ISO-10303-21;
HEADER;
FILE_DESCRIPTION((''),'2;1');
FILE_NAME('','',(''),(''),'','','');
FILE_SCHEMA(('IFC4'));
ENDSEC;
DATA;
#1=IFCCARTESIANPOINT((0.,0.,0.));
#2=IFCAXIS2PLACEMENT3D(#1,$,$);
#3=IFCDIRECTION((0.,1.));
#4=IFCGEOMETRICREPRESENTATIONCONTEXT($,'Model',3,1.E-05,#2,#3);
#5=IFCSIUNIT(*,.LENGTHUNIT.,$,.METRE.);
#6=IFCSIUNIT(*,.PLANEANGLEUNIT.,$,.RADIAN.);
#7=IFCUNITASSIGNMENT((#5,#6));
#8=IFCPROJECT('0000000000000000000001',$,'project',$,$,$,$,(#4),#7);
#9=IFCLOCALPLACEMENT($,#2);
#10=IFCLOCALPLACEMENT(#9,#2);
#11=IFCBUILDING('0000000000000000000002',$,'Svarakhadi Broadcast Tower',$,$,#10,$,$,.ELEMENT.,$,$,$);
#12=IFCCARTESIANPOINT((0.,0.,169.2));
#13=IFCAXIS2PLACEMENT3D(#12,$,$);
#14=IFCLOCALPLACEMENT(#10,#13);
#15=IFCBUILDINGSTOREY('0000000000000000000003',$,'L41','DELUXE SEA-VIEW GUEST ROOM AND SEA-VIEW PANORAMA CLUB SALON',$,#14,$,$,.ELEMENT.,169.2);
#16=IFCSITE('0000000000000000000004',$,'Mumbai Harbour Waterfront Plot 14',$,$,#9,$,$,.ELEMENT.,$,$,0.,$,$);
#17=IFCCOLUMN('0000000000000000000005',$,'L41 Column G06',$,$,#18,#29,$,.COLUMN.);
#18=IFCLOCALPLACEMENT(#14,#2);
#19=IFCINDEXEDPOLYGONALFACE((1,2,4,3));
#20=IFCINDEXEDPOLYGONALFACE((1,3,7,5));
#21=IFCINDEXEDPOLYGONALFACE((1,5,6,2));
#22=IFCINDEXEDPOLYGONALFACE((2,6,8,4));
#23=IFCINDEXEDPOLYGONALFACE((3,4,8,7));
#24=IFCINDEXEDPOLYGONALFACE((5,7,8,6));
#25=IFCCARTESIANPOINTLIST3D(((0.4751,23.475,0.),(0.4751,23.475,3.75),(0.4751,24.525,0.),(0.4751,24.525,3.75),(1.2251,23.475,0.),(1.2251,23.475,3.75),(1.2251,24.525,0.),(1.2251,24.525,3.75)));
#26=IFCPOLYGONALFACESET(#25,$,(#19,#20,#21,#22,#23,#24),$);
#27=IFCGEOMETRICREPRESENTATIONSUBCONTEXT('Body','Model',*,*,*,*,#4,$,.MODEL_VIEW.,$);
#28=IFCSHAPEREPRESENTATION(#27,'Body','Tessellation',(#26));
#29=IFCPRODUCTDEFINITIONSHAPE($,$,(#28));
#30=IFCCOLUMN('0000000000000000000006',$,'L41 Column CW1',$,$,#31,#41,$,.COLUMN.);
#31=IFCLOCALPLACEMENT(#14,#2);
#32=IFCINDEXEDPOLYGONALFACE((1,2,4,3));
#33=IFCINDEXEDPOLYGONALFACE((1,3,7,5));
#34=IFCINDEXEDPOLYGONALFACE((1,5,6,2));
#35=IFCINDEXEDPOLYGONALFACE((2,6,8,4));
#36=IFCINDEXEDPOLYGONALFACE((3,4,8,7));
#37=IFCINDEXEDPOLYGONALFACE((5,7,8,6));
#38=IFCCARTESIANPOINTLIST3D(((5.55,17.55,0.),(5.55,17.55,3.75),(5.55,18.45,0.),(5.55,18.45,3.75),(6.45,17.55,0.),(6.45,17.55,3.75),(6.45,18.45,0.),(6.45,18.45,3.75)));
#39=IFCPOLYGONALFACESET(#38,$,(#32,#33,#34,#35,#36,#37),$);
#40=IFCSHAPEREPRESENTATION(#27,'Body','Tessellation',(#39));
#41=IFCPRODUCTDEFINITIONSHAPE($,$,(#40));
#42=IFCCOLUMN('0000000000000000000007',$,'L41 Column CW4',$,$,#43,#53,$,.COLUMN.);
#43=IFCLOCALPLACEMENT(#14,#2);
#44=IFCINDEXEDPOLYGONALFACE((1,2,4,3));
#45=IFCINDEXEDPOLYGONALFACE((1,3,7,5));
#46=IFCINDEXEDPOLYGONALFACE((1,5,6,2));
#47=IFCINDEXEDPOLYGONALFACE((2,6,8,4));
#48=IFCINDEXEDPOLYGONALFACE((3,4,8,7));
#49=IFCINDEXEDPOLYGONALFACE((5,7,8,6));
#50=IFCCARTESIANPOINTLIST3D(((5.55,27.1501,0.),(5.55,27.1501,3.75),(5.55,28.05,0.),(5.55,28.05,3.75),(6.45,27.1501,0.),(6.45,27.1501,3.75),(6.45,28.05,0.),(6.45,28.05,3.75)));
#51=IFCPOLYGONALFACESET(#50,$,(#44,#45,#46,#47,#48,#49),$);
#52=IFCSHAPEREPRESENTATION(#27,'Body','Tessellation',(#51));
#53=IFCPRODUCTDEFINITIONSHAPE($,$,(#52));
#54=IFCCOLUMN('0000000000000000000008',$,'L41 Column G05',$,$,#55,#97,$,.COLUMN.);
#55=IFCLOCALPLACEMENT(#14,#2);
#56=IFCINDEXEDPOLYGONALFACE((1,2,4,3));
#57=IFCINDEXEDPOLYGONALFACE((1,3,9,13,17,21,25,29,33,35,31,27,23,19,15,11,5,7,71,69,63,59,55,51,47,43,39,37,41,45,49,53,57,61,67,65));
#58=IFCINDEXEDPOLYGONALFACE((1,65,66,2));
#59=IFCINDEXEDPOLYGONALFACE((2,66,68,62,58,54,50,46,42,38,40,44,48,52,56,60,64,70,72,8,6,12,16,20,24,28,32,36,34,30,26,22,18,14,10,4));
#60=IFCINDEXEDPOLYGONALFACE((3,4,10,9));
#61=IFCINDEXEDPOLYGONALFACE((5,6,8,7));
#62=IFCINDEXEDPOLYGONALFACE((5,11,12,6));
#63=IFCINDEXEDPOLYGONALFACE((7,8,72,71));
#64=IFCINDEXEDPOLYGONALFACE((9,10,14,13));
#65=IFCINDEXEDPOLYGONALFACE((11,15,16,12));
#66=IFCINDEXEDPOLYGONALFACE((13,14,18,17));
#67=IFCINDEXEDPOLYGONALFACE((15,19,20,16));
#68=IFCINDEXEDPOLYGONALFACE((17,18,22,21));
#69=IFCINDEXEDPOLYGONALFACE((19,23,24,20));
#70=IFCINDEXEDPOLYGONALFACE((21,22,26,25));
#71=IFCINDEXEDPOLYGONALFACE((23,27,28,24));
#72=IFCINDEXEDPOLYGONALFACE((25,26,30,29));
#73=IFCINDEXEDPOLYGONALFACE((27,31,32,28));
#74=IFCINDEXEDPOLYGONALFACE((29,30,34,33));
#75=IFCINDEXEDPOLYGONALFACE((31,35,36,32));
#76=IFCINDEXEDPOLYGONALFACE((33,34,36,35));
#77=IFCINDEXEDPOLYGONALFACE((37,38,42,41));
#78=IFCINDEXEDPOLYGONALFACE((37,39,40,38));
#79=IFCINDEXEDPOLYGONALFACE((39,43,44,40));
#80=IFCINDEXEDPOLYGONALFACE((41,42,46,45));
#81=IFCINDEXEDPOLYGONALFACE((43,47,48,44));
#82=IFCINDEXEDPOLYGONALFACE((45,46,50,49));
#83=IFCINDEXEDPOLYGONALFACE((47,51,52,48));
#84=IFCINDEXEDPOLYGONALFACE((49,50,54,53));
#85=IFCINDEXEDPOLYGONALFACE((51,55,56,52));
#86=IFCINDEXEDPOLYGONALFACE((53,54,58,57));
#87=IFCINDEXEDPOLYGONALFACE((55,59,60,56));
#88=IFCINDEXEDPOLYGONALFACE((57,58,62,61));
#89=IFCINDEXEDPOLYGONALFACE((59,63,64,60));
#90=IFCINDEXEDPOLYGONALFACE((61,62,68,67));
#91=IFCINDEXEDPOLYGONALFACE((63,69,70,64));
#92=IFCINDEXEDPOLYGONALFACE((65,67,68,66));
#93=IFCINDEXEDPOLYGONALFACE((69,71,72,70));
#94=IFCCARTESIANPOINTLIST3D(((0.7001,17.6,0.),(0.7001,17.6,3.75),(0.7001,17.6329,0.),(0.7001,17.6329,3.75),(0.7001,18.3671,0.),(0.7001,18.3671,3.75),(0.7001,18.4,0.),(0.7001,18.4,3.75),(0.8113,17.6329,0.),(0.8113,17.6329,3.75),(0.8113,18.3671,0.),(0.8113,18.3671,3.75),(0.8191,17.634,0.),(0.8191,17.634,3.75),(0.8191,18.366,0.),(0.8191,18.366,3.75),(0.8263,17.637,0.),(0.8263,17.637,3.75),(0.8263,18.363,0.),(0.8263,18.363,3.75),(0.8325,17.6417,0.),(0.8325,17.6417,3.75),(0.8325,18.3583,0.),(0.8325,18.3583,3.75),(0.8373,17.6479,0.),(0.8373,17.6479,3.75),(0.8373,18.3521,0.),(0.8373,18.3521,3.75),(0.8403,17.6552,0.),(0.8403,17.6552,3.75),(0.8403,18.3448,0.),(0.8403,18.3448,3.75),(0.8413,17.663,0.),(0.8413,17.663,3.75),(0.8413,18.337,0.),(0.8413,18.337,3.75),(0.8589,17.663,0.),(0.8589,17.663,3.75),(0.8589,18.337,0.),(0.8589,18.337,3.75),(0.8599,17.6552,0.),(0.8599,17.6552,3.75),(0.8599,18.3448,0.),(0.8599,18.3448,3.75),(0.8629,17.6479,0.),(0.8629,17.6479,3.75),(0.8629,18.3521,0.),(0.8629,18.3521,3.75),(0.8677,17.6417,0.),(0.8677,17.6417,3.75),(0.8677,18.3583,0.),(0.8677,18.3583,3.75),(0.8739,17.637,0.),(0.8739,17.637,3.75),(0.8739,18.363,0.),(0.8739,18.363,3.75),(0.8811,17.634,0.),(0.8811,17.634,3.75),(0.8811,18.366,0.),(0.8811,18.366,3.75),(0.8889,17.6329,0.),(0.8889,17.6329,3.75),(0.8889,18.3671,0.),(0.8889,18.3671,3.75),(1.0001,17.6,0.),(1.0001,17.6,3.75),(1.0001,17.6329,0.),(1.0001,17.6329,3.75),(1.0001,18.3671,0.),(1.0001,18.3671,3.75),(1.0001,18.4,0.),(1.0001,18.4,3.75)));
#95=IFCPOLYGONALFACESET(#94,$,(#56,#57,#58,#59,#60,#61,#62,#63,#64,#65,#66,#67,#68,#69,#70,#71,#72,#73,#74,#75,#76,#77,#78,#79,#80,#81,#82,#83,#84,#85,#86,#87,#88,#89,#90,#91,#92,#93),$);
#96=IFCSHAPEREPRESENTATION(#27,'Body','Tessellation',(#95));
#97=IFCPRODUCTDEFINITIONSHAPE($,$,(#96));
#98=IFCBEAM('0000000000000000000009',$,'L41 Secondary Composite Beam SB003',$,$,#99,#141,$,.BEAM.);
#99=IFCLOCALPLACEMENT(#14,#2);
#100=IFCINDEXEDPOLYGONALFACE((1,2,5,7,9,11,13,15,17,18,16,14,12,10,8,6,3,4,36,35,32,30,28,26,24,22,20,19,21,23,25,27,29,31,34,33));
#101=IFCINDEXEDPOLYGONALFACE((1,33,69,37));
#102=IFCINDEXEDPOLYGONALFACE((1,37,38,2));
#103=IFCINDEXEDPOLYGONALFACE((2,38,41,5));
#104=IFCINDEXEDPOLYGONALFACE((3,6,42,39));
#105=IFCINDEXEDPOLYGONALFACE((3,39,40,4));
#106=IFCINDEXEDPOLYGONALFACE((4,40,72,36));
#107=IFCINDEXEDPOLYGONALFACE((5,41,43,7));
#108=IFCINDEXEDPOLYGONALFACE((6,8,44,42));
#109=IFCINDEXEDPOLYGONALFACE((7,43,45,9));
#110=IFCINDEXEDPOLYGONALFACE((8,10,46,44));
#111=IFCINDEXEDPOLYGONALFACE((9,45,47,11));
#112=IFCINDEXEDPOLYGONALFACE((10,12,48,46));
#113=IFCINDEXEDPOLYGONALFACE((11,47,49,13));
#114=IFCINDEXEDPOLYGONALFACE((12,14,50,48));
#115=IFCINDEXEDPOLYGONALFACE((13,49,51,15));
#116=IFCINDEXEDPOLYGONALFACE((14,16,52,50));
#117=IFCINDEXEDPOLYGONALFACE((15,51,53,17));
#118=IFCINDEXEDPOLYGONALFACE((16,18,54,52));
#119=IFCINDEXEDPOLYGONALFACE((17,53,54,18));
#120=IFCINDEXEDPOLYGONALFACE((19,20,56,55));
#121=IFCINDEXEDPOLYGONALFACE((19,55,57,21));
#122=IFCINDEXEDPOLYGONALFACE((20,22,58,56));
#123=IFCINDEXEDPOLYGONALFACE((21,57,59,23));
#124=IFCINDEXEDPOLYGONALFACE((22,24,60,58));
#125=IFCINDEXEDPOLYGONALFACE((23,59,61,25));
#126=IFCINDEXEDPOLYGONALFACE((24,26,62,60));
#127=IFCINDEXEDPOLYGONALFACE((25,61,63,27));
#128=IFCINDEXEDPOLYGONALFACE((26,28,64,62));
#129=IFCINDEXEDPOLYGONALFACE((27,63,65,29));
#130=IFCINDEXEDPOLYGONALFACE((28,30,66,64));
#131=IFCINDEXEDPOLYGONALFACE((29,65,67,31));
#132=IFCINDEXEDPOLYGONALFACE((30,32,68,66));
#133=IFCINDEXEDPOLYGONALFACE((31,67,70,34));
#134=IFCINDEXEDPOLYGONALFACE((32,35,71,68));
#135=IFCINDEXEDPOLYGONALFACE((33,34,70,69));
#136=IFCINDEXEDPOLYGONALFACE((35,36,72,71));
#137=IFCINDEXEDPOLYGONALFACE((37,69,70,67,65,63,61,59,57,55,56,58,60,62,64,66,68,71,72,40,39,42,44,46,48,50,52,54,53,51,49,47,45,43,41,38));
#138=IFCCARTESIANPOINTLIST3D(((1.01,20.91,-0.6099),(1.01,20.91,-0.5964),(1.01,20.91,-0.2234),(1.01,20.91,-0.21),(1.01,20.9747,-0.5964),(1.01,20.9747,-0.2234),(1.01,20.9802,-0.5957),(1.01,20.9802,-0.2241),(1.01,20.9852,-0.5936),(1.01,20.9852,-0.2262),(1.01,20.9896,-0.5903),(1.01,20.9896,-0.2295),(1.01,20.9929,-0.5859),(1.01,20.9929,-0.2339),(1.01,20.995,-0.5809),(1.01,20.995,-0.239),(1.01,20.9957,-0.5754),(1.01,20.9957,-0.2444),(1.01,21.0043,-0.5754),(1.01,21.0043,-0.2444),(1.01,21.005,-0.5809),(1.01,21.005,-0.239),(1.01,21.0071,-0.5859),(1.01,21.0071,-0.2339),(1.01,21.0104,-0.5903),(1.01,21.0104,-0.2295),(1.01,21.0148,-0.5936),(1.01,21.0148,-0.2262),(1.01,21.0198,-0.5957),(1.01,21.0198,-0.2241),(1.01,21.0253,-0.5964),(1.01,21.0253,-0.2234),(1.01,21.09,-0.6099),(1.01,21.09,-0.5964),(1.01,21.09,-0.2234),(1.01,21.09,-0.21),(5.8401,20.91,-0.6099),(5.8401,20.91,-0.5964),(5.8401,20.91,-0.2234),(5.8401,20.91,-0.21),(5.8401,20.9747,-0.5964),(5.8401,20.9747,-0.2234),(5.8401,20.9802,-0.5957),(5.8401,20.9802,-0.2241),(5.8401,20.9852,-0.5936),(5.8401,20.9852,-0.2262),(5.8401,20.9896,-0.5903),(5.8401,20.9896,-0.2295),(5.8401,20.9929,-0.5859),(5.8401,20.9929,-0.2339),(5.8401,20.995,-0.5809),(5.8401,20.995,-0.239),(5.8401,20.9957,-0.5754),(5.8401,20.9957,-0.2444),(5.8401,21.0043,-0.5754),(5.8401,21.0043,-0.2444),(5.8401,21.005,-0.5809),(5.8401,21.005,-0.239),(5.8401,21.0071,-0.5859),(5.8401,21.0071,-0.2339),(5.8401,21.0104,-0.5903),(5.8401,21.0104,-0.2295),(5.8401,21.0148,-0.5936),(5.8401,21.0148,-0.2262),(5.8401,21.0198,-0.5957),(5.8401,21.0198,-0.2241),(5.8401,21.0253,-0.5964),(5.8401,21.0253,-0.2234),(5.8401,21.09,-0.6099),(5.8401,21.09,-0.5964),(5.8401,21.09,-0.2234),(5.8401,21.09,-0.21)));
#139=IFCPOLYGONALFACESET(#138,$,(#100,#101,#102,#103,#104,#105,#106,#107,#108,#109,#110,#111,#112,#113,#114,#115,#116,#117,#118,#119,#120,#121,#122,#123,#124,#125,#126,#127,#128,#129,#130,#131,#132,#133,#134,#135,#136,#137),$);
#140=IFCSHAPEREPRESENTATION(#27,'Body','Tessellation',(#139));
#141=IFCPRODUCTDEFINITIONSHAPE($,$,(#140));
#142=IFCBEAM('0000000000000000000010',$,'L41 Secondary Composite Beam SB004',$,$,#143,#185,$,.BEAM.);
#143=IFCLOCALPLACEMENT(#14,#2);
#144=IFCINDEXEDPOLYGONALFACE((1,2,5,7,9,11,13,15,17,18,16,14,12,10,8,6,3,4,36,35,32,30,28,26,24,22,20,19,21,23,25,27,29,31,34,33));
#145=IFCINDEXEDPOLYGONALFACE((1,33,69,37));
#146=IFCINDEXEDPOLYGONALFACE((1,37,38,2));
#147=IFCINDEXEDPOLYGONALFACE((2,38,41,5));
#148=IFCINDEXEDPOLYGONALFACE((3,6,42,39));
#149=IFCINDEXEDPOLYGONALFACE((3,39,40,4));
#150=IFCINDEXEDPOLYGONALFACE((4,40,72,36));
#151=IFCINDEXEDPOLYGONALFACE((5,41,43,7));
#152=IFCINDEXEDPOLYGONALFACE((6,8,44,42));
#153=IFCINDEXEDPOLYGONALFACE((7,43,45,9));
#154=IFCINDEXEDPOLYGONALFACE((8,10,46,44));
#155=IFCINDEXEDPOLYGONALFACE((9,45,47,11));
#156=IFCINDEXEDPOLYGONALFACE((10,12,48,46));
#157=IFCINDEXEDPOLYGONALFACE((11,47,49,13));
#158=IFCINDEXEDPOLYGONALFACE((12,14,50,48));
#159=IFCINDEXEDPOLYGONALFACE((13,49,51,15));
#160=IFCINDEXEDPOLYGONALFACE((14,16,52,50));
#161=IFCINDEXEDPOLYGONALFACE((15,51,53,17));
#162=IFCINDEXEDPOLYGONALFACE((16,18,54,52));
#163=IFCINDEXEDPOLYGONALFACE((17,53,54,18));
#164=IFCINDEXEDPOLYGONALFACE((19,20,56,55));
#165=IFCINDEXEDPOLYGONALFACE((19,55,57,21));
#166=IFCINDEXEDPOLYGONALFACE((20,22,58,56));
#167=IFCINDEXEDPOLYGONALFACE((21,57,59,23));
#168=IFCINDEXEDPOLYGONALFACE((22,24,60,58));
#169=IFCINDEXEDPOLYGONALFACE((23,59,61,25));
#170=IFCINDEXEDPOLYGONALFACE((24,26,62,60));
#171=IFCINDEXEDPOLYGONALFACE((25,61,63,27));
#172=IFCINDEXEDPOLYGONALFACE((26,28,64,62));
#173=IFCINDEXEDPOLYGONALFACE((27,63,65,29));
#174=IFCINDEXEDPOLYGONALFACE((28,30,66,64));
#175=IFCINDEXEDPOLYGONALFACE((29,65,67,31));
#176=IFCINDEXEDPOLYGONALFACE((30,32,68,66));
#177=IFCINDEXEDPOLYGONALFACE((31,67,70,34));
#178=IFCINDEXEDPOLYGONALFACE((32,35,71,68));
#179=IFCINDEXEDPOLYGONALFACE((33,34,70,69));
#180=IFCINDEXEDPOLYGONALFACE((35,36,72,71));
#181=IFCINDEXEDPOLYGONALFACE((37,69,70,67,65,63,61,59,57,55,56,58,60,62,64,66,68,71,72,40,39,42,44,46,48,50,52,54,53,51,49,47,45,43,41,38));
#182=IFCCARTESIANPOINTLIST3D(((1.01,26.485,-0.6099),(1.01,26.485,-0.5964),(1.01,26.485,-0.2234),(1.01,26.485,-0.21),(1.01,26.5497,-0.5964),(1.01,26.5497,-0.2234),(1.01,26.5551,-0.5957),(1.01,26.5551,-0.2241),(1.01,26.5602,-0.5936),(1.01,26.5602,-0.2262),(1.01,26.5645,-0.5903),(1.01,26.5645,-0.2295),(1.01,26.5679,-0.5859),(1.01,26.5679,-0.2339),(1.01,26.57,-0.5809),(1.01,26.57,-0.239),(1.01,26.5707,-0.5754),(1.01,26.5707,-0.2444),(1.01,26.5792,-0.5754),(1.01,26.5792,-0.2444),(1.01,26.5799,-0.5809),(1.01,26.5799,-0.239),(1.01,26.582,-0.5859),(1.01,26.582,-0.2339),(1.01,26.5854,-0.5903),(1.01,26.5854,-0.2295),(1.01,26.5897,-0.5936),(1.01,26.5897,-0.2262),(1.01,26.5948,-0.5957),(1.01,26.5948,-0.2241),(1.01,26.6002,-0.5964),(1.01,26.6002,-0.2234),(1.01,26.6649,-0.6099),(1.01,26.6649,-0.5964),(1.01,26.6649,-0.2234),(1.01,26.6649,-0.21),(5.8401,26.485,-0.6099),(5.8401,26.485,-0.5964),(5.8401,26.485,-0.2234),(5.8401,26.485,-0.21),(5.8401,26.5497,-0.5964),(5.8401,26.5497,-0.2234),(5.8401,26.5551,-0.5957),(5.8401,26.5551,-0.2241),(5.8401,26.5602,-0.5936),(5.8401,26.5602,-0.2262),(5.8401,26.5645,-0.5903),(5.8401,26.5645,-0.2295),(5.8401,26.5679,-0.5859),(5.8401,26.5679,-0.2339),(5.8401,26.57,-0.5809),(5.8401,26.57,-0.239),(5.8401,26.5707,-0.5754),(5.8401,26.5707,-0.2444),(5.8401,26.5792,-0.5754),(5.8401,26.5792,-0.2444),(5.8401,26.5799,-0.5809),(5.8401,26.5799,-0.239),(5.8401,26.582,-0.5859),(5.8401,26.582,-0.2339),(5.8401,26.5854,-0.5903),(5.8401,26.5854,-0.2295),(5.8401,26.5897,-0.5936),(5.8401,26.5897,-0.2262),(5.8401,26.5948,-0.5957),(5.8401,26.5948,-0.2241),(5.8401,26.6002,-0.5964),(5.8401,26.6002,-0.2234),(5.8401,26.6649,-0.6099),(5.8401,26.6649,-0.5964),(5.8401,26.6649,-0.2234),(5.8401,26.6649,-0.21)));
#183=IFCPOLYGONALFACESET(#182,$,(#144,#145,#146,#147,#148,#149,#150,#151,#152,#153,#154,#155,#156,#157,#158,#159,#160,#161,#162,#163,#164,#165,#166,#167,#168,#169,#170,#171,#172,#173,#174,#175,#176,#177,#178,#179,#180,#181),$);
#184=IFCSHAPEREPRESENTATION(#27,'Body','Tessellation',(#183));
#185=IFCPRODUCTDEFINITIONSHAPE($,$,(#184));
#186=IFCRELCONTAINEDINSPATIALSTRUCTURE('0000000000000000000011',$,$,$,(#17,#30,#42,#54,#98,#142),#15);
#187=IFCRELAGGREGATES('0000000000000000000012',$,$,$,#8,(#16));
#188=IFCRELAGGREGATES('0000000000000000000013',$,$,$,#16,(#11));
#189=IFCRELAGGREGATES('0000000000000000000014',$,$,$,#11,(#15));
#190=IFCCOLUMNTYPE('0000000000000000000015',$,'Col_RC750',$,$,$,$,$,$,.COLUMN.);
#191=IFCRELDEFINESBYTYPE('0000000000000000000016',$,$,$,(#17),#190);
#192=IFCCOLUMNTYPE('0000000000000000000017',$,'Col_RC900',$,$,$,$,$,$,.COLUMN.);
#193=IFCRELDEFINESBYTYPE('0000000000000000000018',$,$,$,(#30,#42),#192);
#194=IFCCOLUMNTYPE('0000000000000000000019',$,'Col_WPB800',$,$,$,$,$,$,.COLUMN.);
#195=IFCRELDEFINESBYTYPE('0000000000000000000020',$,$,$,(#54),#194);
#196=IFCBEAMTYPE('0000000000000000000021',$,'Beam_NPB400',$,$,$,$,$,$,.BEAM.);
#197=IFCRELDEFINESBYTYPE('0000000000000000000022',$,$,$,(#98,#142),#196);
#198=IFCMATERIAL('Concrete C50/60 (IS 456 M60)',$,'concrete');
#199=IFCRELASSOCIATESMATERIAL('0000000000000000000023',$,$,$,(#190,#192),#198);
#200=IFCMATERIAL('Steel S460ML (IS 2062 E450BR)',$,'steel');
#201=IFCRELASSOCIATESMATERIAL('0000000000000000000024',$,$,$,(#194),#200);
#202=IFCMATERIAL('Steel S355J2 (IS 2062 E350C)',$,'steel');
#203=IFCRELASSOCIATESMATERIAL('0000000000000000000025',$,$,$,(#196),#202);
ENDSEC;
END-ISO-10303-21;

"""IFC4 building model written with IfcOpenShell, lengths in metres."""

from ifc_helpers import new_model, si_unit, direction, frame, origin, origin_2d, place, context, subcontext, project, spatial, rectangle, i_section, extrude, material, material_profile, profile_set, type_object, element, save


model = new_model("IFC4")

# Units and contexts
model_context = context("Model", 3, precision=1e-05, world=origin(), true_north=direction((0.0, 1.0)))
body_context = subcontext(model_context, "Body", "Model", "MODEL_VIEW")
ifc_project = project(units=[si_unit("LENGTHUNIT", "METRE"), si_unit("PLANEANGLEUNIT", "RADIAN")], contexts=[model_context])

# Site, building, storey
site_placement = place(None, origin())
site = spatial("IfcSite", under=ifc_project, at=site_placement, Name="Mumbai Harbour Waterfront Plot 14", CompositionType="ELEMENT", RefElevation=0.0)
building_placement = place(site_placement, origin())
building = spatial("IfcBuilding", under=site, at=building_placement, Name="Svarakhadi Broadcast Tower", CompositionType="ELEMENT")
storey_placement = place(building_placement, frame((0.0, 0.0, 169.2)))
storey = spatial("IfcBuildingStorey", under=building, at=storey_placement, Name="L41", Description="DELUXE SEA-VIEW GUEST ROOM AND SEA-VIEW PANORAMA CLUB SALON", CompositionType="ELEMENT", Elevation=169.2)

# Columns
ifc_material_1 = material(Name="Concrete C50/60 (IS 456 M60)", Category="concrete")
ifc_material_profile_1 = material_profile(ifc_material_1, rectangle(XDim=0.75, YDim=1.05, at=origin_2d()), Name="RC 750x1050")
ifc_profile_set_1 = profile_set([ifc_material_profile_1], Name="Concrete C50/60 (IS 456 M60)")
column_type_1 = type_object("IfcColumnType", Name="Col_RC750", PredefinedType="COLUMN", material=ifc_profile_set_1)
column_1_placement = place(storey_placement, frame((0.8501, 24.0, 0.0), z_axis=(0.0, 0.0, 1.0), x_axis=(1.0, 0.0, 0.0)))
element("IfcColumn", 1, at=column_1_placement, inside=storey, type_object=column_type_1, Name="L41 Column G06", PredefinedType="COLUMN", context=body_context, shape_type="SweptSolid", body=[
    extrude(rectangle(XDim=0.75, YDim=1.05, at=origin_2d()), origin(), (0.0, 0.0, 1.0), 3.75),
])
ifc_material_profile_2 = material_profile(ifc_material_1, rectangle(XDim=0.8999, YDim=0.8999, at=origin_2d()), Name="RC 900x900")
ifc_profile_set_2 = profile_set([ifc_material_profile_2], Name="Concrete C50/60 (IS 456 M60)")
column_type_2 = type_object("IfcColumnType", Name="Col_RC900", PredefinedType="COLUMN", material=ifc_profile_set_2)
for number, where, z_axis, x_axis, name in (
    (2, (6.0, 18.0, 0.0), (0.0, 0.0, 1.0), (1.0, 0.0, 0.0), "L41 Column CW1"),
    (3, (6.0, 27.6001, 0.0), (0.0, 0.0, 1.0), (1.0, 0.0, 0.0), "L41 Column CW4"),
):
    element("IfcColumn", number, at=place(storey_placement, frame(where, z_axis=z_axis, x_axis=x_axis)), inside=storey, type_object=column_type_2, Name=name, PredefinedType="COLUMN", context=body_context, shape_type="SweptSolid", body=[
        extrude(rectangle(XDim=0.8999, YDim=0.8999, at=origin_2d()), origin(), (0.0, 0.0, 1.0), 3.75),
    ])
ifc_material_2 = material(Name="Steel S460ML (IS 2062 E450BR)", Category="steel")
ifc_material_profile_3 = material_profile(ifc_material_2, i_section(OverallWidth=0.3, OverallDepth=0.8, WebThickness=0.0176, FlangeThickness=0.033, FilletRadius=0.03, at=origin_2d()), Name="WPB 800x300x262")
ifc_profile_set_3 = profile_set([ifc_material_profile_3], Name="Steel S460ML (IS 2062 E450BR)")
column_type_3 = type_object("IfcColumnType", Name="Col_WPB800", PredefinedType="COLUMN", material=ifc_profile_set_3)
column_2_placement = place(storey_placement, frame((0.8501, 18.0, 0.0), z_axis=(0.0, 0.0, 1.0), x_axis=(1.0, 0.0, 0.0)))
element("IfcColumn", 4, at=column_2_placement, inside=storey, type_object=column_type_3, Name="L41 Column G05", PredefinedType="COLUMN", context=body_context, shape_type="SweptSolid", body=[
    extrude(i_section(OverallWidth=0.3, OverallDepth=0.8, WebThickness=0.0176, FlangeThickness=0.033, FilletRadius=0.03, at=origin_2d()), origin(), (0.0, 0.0, 1.0), 3.75),
])

# Beams
ifc_material_3 = material(Name="Steel S355J2 (IS 2062 E350C)", Category="steel")
ifc_material_profile_4 = material_profile(ifc_material_3, i_section(OverallWidth=0.1799, OverallDepth=0.3999, WebThickness=0.0085, FlangeThickness=0.0134, FilletRadius=0.021, at=origin_2d()), Name="NPB 400x180x66")
ifc_profile_set_4 = profile_set([ifc_material_profile_4], Name="Steel S355J2 (IS 2062 E350C)")
beam_type_1 = type_object("IfcBeamType", Name="Beam_NPB400", PredefinedType="BEAM", material=ifc_profile_set_4)
for number, where, z_axis, x_axis, name in (
    (5, (1.01, 21.0, -0.4099), (1.0, 0.0, 0.0), (0.0, 1.0, 0.0), "L41 Secondary Composite Beam SB003"),
    (6, (1.01, 26.575, -0.4099), (1.0, 0.0, 0.0), (0.0, 1.0, 0.0), "L41 Secondary Composite Beam SB004"),
):
    element("IfcBeam", number, at=place(storey_placement, frame(where, z_axis=z_axis, x_axis=x_axis)), inside=storey, type_object=beam_type_1, Name=name, PredefinedType="BEAM", context=body_context, shape_type="SweptSolid", body=[
        extrude(i_section(OverallWidth=0.1799, OverallDepth=0.3999, WebThickness=0.0085, FlangeThickness=0.0134, FilletRadius=0.021, at=origin_2d()), origin(), (0.0, 0.0, 1.0), 4.8301),
    ])

save(model, "model.ifc")
